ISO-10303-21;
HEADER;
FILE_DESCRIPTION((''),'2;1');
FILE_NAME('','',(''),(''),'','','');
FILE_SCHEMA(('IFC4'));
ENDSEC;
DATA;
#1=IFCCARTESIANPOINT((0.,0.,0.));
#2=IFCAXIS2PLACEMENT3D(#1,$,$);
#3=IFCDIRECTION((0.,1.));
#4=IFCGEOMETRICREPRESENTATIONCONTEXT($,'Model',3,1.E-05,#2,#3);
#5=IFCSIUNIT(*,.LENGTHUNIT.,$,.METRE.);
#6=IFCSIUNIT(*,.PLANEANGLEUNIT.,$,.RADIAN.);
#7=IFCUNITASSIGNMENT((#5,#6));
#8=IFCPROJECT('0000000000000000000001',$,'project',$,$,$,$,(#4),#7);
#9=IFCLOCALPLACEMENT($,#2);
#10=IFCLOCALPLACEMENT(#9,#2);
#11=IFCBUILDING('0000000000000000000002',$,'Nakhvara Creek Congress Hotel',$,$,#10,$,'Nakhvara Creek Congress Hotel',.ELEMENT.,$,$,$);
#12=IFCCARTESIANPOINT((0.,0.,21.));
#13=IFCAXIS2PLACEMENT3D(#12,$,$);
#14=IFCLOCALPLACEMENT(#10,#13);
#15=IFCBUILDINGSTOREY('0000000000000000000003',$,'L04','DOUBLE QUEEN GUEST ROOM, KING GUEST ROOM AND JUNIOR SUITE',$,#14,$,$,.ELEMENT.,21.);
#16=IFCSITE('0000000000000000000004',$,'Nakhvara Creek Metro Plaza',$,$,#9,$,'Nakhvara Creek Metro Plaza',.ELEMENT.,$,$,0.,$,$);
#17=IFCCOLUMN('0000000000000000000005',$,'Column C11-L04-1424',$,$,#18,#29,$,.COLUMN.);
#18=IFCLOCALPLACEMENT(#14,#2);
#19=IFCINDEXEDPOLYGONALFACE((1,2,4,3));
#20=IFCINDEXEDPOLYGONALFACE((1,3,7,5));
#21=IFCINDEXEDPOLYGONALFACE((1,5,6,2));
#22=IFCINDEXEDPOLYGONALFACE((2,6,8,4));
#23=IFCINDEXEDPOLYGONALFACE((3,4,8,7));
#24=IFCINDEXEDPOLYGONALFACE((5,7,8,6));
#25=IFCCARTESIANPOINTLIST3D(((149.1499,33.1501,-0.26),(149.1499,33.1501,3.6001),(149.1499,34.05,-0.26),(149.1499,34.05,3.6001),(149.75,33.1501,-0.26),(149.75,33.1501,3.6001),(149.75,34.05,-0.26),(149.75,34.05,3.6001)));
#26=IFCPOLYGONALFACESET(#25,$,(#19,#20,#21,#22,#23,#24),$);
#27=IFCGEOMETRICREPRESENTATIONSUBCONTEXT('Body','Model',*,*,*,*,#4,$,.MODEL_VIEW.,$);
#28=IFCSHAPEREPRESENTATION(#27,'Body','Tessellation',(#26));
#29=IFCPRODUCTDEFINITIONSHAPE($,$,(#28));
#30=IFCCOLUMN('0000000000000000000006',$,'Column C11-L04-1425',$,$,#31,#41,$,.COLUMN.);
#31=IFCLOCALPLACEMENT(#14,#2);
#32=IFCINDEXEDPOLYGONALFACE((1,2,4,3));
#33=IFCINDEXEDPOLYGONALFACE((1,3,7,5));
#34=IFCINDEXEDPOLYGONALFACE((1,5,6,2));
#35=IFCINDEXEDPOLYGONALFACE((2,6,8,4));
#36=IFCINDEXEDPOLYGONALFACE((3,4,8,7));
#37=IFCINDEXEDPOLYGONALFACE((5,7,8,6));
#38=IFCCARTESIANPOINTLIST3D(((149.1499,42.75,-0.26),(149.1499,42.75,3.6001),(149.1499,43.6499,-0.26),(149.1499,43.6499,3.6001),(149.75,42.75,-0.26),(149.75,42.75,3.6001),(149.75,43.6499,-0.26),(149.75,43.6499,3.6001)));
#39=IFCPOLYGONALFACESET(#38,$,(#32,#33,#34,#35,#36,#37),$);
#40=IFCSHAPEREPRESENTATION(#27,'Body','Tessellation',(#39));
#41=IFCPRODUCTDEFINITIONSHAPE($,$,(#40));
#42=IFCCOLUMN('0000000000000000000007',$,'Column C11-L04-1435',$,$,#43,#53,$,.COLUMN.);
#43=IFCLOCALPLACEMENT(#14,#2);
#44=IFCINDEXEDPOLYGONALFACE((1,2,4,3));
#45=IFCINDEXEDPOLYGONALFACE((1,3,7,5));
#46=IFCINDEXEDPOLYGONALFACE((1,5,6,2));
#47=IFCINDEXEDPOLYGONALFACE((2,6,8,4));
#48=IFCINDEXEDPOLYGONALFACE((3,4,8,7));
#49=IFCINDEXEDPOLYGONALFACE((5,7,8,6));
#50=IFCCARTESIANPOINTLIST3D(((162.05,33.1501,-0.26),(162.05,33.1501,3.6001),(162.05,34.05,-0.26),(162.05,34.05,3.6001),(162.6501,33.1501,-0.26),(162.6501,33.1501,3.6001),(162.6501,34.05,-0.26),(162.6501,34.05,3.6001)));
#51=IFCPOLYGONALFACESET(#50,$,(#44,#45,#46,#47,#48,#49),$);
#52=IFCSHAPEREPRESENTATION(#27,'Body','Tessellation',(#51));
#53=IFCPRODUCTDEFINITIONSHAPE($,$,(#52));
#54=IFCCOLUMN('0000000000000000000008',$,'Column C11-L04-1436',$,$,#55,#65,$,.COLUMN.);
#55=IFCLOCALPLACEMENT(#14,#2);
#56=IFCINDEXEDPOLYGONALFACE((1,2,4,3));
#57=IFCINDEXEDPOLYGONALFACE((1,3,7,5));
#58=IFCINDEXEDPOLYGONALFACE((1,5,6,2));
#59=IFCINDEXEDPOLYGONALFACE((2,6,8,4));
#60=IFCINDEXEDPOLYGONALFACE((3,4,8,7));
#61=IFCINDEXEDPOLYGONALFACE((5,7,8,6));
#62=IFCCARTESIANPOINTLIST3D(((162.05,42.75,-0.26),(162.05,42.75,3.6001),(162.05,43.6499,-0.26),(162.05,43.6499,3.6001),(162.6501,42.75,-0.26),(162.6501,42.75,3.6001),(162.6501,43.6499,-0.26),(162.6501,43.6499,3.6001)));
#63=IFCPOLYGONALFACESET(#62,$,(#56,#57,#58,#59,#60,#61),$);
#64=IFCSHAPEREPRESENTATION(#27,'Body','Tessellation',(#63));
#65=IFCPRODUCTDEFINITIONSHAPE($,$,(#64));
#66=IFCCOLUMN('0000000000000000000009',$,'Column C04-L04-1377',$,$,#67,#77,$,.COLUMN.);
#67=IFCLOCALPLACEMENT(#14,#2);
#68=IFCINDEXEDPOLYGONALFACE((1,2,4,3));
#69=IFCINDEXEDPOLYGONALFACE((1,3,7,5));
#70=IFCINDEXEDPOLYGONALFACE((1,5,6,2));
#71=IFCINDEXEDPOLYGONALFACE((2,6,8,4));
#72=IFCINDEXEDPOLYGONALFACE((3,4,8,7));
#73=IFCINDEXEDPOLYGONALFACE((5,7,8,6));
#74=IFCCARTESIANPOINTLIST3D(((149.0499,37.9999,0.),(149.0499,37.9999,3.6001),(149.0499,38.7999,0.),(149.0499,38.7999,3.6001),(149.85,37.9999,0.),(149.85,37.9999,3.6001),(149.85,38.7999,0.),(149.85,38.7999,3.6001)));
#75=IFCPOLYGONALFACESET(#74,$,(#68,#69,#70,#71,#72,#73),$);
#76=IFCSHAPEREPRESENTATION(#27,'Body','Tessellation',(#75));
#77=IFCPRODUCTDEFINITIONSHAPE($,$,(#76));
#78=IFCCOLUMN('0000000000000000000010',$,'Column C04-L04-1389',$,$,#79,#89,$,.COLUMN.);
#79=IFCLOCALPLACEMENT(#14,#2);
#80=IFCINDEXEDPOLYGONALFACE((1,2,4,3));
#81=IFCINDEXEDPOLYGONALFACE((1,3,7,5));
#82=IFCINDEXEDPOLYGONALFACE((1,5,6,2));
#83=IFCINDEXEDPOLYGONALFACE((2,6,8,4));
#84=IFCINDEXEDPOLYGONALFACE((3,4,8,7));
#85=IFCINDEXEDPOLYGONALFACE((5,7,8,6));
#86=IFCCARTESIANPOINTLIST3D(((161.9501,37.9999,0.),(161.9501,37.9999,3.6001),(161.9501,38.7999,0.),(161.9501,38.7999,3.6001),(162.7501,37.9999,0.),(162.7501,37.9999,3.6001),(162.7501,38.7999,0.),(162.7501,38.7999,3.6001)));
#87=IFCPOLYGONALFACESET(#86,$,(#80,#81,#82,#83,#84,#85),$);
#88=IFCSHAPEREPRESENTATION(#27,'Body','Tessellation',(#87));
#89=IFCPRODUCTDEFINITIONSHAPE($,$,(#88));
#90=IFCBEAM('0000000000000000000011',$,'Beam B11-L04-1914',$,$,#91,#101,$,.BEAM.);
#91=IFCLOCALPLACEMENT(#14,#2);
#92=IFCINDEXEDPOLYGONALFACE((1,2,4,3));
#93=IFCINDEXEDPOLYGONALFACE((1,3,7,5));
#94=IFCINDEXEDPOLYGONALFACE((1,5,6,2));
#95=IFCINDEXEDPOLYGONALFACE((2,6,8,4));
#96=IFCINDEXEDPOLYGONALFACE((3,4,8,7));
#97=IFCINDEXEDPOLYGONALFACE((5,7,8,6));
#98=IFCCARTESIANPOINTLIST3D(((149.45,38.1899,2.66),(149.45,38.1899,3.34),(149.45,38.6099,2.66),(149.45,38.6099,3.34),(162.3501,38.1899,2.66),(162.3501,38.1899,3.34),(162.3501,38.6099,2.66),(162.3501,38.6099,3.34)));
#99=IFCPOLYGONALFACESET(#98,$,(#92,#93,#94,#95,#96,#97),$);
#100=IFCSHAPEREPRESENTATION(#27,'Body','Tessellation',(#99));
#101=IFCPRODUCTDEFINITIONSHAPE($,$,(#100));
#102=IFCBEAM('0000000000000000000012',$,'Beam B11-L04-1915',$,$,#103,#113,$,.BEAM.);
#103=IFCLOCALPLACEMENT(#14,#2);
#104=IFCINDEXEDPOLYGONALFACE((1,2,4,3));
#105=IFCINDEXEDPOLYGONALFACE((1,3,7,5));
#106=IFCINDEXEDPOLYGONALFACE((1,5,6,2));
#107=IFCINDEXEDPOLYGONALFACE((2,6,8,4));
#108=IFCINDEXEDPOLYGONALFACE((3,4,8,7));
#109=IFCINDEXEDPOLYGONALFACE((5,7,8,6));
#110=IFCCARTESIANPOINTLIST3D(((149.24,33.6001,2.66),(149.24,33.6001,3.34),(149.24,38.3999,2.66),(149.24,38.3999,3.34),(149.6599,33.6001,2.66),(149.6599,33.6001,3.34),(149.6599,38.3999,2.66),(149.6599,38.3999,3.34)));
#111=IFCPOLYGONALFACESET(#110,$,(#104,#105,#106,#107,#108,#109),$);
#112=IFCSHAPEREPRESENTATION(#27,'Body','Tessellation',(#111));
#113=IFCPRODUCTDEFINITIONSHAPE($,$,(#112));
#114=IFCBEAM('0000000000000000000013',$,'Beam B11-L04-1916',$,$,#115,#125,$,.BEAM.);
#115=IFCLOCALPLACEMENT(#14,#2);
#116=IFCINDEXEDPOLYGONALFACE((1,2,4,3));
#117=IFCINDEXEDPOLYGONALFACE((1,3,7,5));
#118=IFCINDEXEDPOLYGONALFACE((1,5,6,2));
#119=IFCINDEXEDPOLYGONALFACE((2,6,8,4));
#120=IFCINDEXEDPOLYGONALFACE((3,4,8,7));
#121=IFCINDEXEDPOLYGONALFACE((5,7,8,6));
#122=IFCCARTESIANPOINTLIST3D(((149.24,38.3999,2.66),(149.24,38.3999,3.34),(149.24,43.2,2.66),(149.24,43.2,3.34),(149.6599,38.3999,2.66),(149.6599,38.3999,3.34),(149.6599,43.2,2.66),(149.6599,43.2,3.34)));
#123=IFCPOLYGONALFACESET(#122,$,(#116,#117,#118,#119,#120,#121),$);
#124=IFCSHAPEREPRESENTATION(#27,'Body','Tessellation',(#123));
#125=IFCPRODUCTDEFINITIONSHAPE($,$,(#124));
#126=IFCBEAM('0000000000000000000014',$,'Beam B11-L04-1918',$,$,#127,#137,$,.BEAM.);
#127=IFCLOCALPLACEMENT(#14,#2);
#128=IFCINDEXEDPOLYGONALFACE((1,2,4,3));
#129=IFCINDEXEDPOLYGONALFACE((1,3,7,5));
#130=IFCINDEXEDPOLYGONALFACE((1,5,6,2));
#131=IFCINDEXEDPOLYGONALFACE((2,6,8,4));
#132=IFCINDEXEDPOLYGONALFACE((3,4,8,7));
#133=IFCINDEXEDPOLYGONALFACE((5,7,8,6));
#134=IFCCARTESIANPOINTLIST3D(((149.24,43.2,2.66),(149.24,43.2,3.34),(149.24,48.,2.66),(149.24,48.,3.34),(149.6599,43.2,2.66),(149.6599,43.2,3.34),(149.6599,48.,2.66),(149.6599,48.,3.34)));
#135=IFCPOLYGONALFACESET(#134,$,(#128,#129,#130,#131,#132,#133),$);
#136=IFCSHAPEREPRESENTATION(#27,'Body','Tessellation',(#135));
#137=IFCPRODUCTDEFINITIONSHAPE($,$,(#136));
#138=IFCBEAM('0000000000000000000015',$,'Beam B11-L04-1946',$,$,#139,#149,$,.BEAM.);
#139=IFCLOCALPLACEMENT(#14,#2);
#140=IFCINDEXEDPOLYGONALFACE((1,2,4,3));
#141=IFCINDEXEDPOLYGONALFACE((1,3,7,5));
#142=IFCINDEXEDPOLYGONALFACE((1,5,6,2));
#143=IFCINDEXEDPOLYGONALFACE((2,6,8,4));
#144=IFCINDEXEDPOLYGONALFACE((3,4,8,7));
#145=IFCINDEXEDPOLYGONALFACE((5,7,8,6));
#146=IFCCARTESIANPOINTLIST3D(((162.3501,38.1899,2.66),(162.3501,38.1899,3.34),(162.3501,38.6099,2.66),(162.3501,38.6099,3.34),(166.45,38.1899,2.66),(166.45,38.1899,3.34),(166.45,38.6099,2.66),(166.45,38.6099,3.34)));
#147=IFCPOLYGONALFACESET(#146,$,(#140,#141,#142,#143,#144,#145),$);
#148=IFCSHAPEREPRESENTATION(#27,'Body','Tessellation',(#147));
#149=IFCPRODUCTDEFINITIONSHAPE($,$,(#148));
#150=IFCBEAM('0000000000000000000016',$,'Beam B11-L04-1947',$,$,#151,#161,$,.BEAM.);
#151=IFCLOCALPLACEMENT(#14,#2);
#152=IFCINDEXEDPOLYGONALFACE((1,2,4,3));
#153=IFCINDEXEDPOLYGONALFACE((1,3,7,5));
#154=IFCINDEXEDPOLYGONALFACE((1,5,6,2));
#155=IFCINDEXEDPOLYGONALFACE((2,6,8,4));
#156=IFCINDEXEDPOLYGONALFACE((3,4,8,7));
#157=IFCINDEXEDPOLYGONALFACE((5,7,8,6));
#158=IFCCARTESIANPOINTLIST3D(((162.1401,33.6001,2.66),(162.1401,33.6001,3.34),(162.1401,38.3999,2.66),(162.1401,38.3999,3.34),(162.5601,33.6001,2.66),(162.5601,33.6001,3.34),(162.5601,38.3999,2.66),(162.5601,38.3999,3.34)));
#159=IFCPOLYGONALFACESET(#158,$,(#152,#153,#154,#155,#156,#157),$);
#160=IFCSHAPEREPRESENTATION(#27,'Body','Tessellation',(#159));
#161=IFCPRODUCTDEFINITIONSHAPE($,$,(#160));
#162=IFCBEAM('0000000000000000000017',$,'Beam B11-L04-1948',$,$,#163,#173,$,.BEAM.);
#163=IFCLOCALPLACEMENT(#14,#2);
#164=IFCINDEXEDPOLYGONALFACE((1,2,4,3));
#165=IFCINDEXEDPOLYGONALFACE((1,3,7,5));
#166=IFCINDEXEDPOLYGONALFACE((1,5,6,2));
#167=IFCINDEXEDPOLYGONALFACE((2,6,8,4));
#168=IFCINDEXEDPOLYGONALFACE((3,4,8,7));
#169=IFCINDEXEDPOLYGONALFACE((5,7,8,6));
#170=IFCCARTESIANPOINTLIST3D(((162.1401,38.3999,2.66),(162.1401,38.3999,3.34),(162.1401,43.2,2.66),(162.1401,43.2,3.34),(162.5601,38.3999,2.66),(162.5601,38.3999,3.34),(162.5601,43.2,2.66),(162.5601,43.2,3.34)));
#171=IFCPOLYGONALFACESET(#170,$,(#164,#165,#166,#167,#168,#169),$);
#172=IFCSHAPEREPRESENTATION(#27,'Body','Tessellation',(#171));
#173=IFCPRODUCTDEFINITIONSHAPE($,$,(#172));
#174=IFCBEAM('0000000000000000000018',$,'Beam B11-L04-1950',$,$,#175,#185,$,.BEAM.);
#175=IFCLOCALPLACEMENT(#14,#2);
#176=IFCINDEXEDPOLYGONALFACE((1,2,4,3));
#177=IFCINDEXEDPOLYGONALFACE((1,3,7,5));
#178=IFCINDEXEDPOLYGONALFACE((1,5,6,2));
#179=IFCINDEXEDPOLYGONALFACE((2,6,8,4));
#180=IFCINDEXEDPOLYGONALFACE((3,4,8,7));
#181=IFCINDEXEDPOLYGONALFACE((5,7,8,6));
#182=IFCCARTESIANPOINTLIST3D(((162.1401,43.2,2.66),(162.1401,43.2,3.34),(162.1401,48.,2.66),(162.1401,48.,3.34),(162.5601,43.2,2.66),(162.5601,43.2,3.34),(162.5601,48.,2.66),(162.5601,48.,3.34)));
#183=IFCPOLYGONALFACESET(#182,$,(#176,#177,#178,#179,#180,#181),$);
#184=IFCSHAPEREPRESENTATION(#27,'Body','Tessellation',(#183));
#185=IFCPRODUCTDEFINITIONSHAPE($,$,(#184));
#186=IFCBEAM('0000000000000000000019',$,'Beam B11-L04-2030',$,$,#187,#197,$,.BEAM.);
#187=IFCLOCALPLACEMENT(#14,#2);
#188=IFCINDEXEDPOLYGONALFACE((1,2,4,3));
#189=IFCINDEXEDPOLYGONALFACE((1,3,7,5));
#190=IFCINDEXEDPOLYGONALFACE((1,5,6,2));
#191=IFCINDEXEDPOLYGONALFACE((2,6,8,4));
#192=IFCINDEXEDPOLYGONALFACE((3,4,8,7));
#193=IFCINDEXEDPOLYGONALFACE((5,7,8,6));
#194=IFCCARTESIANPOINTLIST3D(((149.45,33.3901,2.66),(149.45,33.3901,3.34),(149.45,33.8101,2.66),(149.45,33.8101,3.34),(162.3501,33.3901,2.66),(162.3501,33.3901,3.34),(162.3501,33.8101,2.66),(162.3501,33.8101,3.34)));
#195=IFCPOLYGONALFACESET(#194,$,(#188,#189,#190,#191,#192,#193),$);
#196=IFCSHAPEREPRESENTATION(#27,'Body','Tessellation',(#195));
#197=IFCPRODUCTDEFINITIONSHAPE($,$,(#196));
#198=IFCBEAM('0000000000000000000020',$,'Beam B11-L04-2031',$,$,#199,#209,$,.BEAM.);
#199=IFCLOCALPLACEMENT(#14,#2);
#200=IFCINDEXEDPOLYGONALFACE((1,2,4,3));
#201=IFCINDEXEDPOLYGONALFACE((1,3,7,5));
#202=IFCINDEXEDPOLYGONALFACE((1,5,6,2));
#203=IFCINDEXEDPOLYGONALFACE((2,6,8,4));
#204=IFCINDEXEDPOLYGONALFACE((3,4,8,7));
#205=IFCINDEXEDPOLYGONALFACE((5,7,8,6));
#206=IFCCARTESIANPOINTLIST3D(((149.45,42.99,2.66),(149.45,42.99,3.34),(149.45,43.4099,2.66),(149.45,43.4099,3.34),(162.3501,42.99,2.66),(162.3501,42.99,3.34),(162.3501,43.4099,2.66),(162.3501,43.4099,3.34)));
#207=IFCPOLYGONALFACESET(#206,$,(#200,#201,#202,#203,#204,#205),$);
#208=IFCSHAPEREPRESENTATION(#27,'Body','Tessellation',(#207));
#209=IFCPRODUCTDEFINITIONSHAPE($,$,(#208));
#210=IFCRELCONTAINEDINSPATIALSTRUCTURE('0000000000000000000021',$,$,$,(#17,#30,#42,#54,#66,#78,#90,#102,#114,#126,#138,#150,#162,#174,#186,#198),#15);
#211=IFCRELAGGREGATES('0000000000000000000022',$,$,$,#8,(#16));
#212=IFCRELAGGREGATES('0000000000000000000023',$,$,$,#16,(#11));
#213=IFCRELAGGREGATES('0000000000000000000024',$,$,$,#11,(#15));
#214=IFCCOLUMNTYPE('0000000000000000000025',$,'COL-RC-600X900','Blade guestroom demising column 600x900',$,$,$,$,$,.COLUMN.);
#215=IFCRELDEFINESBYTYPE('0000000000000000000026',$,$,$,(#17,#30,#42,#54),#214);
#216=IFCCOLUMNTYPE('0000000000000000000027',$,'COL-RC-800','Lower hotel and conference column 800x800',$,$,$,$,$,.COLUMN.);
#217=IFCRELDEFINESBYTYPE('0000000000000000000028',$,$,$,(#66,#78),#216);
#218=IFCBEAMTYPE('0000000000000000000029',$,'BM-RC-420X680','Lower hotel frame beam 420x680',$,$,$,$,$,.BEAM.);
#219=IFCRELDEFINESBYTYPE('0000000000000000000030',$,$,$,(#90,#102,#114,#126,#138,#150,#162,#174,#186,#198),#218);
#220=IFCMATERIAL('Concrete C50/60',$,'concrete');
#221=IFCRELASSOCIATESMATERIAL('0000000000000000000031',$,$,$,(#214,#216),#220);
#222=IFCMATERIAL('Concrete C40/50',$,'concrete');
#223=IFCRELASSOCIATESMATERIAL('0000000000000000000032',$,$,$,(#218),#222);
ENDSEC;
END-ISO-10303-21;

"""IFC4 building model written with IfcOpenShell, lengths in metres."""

from ifc_helpers import new_model, si_unit, direction, frame, origin, origin_2d, place, context, subcontext, project, spatial, rectangle, extrude, material, material_profile, profile_set, type_object, element, save


model = new_model("IFC4")

# Units and contexts
model_context = context("Model", 3, precision=1e-05, world=origin(), true_north=direction((0.0, 1.0)))
body_context = subcontext(model_context, "Body", "Model", "MODEL_VIEW")
ifc_project = project(units=[si_unit("LENGTHUNIT", "METRE"), si_unit("PLANEANGLEUNIT", "RADIAN")], contexts=[model_context])

# Site, building, storey
site_placement = place(None, origin())
site = spatial("IfcSite", under=ifc_project, at=site_placement, Name="Nakhvara Creek Metro Plaza", LongName="Nakhvara Creek Metro Plaza", CompositionType="ELEMENT", RefElevation=0.0)
building_placement = place(site_placement, origin())
building = spatial("IfcBuilding", under=site, at=building_placement, Name="Nakhvara Creek Congress Hotel", LongName="Nakhvara Creek Congress Hotel", CompositionType="ELEMENT")
storey_placement = place(building_placement, frame((0.0, 0.0, 21.0)))
storey = spatial("IfcBuildingStorey", under=building, at=storey_placement, Name="L04", Description="DOUBLE QUEEN GUEST ROOM, KING GUEST ROOM AND JUNIOR SUITE", CompositionType="ELEMENT", Elevation=21.0)

# Columns
ifc_material_1 = material(Name="Concrete C50/60", Category="concrete")
ifc_material_profile_1 = material_profile(ifc_material_1, rectangle(XDim=0.6001, YDim=0.8999, at=origin_2d()), Name="RC-COL 600x900", Category="LoadBearing")
ifc_profile_set_1 = profile_set([ifc_material_profile_1], Name="Concrete C50/60")
column_type_1 = type_object("IfcColumnType", Name="COL-RC-600X900", Description="Blade guestroom demising column 600x900", PredefinedType="COLUMN", material=ifc_profile_set_1)
for number, where, z_axis, x_axis, name in (
    (1, (149.45, 33.6001, -0.26), (0.0, 0.0, 1.0), (1.0, 0.0, 0.0), "Column C11-L04-1424"),
    (2, (149.45, 43.2, -0.26), (0.0, 0.0, 1.0), (1.0, 0.0, 0.0), "Column C11-L04-1425"),
    (3, (162.3501, 33.6001, -0.26), (0.0, 0.0, 1.0), (1.0, 0.0, 0.0), "Column C11-L04-1435"),
    (4, (162.3501, 43.2, -0.26), (0.0, 0.0, 1.0), (1.0, 0.0, 0.0), "Column C11-L04-1436"),
):
    element("IfcColumn", number, at=place(storey_placement, frame(where, z_axis=z_axis, x_axis=x_axis)), inside=storey, type_object=column_type_1, Name=name, PredefinedType="COLUMN", context=body_context, shape_type="SweptSolid", body=[
        extrude(rectangle(XDim=0.6001, YDim=0.8999, at=origin_2d()), origin(), (0.0, 0.0, 1.0), 3.8601),
    ])
ifc_material_profile_2 = material_profile(ifc_material_1, rectangle(XDim=0.8, YDim=0.8, at=origin_2d()), Name="RC-COL 800x800", Category="LoadBearing")
ifc_profile_set_2 = profile_set([ifc_material_profile_2], Name="Concrete C50/60")
column_type_2 = type_object("IfcColumnType", Name="COL-RC-800", Description="Lower hotel and conference column 800x800", PredefinedType="COLUMN", material=ifc_profile_set_2)
for number, where, z_axis, x_axis, name in (
    (5, (149.45, 38.3999, 0.0), (0.0, 0.0, 1.0), (1.0, 0.0, 0.0), "Column C04-L04-1377"),
    (6, (162.3501, 38.3999, 0.0), (0.0, 0.0, 1.0), (1.0, 0.0, 0.0), "Column C04-L04-1389"),
):
    element("IfcColumn", number, at=place(storey_placement, frame(where, z_axis=z_axis, x_axis=x_axis)), inside=storey, type_object=column_type_2, Name=name, PredefinedType="COLUMN", context=body_context, shape_type="SweptSolid", body=[
        extrude(rectangle(XDim=0.8, YDim=0.8, at=origin_2d()), origin(), (0.0, 0.0, 1.0), 3.6001),
    ])

# Beams
ifc_material_2 = material(Name="Concrete C40/50", Category="concrete")
ifc_material_profile_3 = material_profile(ifc_material_2, rectangle(XDim=0.4199, YDim=0.6799, at=origin_2d()), Name="RC-BM 420x680", Category="LoadBearing")
ifc_profile_set_3 = profile_set([ifc_material_profile_3], Name="Concrete C40/50")
beam_type = type_object("IfcBeamType", Name="BM-RC-420X680", Description="Lower hotel frame beam 420x680", PredefinedType="BEAM", material=ifc_profile_set_3)
beam_1_placement = place(storey_placement, frame((149.45, 38.3999, 3.0), z_axis=(1.0, 0.0, 0.0), x_axis=(0.0, 1.0, 0.0)))
element("IfcBeam", 7, at=beam_1_placement, inside=storey, type_object=beam_type, Name="Beam B11-L04-1914", PredefinedType="BEAM", context=body_context, shape_type="SweptSolid", body=[
    extrude(rectangle(XDim=0.4199, YDim=0.6799, at=origin_2d()), origin(), (0.0, 0.0, 1.0), 12.9001),
])
beam_2_placement = place(storey_placement, frame((149.45, 33.6001, 3.0), z_axis=(0.0, 1.0, 0.0), x_axis=(-1.0, 0.0, 0.0)))
element("IfcBeam", 8, at=beam_2_placement, inside=storey, type_object=beam_type, Name="Beam B11-L04-1915", PredefinedType="BEAM", context=body_context, shape_type="SweptSolid", body=[
    extrude(rectangle(XDim=0.4199, YDim=0.6799, at=origin_2d()), origin(), (0.0, 0.0, 1.0), 4.7998),
])
for number, where, z_axis, x_axis, name in (
    (9, (149.45, 38.3999, 3.0), (0.0, 1.0, 0.0), (-1.0, 0.0, 0.0), "Beam B11-L04-1916"),
    (10, (149.45, 43.2, 3.0), (0.0, 1.0, 0.0), (-1.0, 0.0, 0.0), "Beam B11-L04-1918"),
):
    element("IfcBeam", number, at=place(storey_placement, frame(where, z_axis=z_axis, x_axis=x_axis)), inside=storey, type_object=beam_type, Name=name, PredefinedType="BEAM", context=body_context, shape_type="SweptSolid", body=[
        extrude(rectangle(XDim=0.4199, YDim=0.6799, at=origin_2d()), origin(), (0.0, 0.0, 1.0), 4.8),
    ])
beam_3_placement = place(storey_placement, frame((162.3501, 38.3999, 3.0), z_axis=(1.0, 0.0, 0.0), x_axis=(0.0, 1.0, 0.0)))
element("IfcBeam", 11, at=beam_3_placement, inside=storey, type_object=beam_type, Name="Beam B11-L04-1946", PredefinedType="BEAM", context=body_context, shape_type="SweptSolid", body=[
    extrude(rectangle(XDim=0.4199, YDim=0.6799, at=origin_2d()), origin(), (0.0, 0.0, 1.0), 4.0999),
])
beam_4_placement = place(storey_placement, frame((162.3501, 33.6001, 3.0), z_axis=(0.0, 1.0, 0.0), x_axis=(-1.0, 0.0, 0.0)))
element("IfcBeam", 12, at=beam_4_placement, inside=storey, type_object=beam_type, Name="Beam B11-L04-1947", PredefinedType="BEAM", context=body_context, shape_type="SweptSolid", body=[
    extrude(rectangle(XDim=0.4199, YDim=0.6799, at=origin_2d()), origin(), (0.0, 0.0, 1.0), 4.7998),
])
for number, where, z_axis, x_axis, name in (
    (13, (162.3501, 38.3999, 3.0), (0.0, 1.0, 0.0), (-1.0, 0.0, 0.0), "Beam B11-L04-1948"),
    (14, (162.3501, 43.2, 3.0), (0.0, 1.0, 0.0), (-1.0, 0.0, 0.0), "Beam B11-L04-1950"),
):
    element("IfcBeam", number, at=place(storey_placement, frame(where, z_axis=z_axis, x_axis=x_axis)), inside=storey, type_object=beam_type, Name=name, PredefinedType="BEAM", context=body_context, shape_type="SweptSolid", body=[
        extrude(rectangle(XDim=0.4199, YDim=0.6799, at=origin_2d()), origin(), (0.0, 0.0, 1.0), 4.8),
    ])
for number, where, z_axis, x_axis, name in (
    (15, (149.45, 33.6001, 3.0), (1.0, 0.0, 0.0), (0.0, 1.0, 0.0), "Beam B11-L04-2030"),
    (16, (149.45, 43.2, 3.0), (1.0, 0.0, 0.0), (0.0, 1.0, 0.0), "Beam B11-L04-2031"),
):
    element("IfcBeam", number, at=place(storey_placement, frame(where, z_axis=z_axis, x_axis=x_axis)), inside=storey, type_object=beam_type, Name=name, PredefinedType="BEAM", context=body_context, shape_type="SweptSolid", body=[
        extrude(rectangle(XDim=0.4199, YDim=0.6799, at=origin_2d()), origin(), (0.0, 0.0, 1.0), 12.9001),
    ])

save(model, "model.ifc")
